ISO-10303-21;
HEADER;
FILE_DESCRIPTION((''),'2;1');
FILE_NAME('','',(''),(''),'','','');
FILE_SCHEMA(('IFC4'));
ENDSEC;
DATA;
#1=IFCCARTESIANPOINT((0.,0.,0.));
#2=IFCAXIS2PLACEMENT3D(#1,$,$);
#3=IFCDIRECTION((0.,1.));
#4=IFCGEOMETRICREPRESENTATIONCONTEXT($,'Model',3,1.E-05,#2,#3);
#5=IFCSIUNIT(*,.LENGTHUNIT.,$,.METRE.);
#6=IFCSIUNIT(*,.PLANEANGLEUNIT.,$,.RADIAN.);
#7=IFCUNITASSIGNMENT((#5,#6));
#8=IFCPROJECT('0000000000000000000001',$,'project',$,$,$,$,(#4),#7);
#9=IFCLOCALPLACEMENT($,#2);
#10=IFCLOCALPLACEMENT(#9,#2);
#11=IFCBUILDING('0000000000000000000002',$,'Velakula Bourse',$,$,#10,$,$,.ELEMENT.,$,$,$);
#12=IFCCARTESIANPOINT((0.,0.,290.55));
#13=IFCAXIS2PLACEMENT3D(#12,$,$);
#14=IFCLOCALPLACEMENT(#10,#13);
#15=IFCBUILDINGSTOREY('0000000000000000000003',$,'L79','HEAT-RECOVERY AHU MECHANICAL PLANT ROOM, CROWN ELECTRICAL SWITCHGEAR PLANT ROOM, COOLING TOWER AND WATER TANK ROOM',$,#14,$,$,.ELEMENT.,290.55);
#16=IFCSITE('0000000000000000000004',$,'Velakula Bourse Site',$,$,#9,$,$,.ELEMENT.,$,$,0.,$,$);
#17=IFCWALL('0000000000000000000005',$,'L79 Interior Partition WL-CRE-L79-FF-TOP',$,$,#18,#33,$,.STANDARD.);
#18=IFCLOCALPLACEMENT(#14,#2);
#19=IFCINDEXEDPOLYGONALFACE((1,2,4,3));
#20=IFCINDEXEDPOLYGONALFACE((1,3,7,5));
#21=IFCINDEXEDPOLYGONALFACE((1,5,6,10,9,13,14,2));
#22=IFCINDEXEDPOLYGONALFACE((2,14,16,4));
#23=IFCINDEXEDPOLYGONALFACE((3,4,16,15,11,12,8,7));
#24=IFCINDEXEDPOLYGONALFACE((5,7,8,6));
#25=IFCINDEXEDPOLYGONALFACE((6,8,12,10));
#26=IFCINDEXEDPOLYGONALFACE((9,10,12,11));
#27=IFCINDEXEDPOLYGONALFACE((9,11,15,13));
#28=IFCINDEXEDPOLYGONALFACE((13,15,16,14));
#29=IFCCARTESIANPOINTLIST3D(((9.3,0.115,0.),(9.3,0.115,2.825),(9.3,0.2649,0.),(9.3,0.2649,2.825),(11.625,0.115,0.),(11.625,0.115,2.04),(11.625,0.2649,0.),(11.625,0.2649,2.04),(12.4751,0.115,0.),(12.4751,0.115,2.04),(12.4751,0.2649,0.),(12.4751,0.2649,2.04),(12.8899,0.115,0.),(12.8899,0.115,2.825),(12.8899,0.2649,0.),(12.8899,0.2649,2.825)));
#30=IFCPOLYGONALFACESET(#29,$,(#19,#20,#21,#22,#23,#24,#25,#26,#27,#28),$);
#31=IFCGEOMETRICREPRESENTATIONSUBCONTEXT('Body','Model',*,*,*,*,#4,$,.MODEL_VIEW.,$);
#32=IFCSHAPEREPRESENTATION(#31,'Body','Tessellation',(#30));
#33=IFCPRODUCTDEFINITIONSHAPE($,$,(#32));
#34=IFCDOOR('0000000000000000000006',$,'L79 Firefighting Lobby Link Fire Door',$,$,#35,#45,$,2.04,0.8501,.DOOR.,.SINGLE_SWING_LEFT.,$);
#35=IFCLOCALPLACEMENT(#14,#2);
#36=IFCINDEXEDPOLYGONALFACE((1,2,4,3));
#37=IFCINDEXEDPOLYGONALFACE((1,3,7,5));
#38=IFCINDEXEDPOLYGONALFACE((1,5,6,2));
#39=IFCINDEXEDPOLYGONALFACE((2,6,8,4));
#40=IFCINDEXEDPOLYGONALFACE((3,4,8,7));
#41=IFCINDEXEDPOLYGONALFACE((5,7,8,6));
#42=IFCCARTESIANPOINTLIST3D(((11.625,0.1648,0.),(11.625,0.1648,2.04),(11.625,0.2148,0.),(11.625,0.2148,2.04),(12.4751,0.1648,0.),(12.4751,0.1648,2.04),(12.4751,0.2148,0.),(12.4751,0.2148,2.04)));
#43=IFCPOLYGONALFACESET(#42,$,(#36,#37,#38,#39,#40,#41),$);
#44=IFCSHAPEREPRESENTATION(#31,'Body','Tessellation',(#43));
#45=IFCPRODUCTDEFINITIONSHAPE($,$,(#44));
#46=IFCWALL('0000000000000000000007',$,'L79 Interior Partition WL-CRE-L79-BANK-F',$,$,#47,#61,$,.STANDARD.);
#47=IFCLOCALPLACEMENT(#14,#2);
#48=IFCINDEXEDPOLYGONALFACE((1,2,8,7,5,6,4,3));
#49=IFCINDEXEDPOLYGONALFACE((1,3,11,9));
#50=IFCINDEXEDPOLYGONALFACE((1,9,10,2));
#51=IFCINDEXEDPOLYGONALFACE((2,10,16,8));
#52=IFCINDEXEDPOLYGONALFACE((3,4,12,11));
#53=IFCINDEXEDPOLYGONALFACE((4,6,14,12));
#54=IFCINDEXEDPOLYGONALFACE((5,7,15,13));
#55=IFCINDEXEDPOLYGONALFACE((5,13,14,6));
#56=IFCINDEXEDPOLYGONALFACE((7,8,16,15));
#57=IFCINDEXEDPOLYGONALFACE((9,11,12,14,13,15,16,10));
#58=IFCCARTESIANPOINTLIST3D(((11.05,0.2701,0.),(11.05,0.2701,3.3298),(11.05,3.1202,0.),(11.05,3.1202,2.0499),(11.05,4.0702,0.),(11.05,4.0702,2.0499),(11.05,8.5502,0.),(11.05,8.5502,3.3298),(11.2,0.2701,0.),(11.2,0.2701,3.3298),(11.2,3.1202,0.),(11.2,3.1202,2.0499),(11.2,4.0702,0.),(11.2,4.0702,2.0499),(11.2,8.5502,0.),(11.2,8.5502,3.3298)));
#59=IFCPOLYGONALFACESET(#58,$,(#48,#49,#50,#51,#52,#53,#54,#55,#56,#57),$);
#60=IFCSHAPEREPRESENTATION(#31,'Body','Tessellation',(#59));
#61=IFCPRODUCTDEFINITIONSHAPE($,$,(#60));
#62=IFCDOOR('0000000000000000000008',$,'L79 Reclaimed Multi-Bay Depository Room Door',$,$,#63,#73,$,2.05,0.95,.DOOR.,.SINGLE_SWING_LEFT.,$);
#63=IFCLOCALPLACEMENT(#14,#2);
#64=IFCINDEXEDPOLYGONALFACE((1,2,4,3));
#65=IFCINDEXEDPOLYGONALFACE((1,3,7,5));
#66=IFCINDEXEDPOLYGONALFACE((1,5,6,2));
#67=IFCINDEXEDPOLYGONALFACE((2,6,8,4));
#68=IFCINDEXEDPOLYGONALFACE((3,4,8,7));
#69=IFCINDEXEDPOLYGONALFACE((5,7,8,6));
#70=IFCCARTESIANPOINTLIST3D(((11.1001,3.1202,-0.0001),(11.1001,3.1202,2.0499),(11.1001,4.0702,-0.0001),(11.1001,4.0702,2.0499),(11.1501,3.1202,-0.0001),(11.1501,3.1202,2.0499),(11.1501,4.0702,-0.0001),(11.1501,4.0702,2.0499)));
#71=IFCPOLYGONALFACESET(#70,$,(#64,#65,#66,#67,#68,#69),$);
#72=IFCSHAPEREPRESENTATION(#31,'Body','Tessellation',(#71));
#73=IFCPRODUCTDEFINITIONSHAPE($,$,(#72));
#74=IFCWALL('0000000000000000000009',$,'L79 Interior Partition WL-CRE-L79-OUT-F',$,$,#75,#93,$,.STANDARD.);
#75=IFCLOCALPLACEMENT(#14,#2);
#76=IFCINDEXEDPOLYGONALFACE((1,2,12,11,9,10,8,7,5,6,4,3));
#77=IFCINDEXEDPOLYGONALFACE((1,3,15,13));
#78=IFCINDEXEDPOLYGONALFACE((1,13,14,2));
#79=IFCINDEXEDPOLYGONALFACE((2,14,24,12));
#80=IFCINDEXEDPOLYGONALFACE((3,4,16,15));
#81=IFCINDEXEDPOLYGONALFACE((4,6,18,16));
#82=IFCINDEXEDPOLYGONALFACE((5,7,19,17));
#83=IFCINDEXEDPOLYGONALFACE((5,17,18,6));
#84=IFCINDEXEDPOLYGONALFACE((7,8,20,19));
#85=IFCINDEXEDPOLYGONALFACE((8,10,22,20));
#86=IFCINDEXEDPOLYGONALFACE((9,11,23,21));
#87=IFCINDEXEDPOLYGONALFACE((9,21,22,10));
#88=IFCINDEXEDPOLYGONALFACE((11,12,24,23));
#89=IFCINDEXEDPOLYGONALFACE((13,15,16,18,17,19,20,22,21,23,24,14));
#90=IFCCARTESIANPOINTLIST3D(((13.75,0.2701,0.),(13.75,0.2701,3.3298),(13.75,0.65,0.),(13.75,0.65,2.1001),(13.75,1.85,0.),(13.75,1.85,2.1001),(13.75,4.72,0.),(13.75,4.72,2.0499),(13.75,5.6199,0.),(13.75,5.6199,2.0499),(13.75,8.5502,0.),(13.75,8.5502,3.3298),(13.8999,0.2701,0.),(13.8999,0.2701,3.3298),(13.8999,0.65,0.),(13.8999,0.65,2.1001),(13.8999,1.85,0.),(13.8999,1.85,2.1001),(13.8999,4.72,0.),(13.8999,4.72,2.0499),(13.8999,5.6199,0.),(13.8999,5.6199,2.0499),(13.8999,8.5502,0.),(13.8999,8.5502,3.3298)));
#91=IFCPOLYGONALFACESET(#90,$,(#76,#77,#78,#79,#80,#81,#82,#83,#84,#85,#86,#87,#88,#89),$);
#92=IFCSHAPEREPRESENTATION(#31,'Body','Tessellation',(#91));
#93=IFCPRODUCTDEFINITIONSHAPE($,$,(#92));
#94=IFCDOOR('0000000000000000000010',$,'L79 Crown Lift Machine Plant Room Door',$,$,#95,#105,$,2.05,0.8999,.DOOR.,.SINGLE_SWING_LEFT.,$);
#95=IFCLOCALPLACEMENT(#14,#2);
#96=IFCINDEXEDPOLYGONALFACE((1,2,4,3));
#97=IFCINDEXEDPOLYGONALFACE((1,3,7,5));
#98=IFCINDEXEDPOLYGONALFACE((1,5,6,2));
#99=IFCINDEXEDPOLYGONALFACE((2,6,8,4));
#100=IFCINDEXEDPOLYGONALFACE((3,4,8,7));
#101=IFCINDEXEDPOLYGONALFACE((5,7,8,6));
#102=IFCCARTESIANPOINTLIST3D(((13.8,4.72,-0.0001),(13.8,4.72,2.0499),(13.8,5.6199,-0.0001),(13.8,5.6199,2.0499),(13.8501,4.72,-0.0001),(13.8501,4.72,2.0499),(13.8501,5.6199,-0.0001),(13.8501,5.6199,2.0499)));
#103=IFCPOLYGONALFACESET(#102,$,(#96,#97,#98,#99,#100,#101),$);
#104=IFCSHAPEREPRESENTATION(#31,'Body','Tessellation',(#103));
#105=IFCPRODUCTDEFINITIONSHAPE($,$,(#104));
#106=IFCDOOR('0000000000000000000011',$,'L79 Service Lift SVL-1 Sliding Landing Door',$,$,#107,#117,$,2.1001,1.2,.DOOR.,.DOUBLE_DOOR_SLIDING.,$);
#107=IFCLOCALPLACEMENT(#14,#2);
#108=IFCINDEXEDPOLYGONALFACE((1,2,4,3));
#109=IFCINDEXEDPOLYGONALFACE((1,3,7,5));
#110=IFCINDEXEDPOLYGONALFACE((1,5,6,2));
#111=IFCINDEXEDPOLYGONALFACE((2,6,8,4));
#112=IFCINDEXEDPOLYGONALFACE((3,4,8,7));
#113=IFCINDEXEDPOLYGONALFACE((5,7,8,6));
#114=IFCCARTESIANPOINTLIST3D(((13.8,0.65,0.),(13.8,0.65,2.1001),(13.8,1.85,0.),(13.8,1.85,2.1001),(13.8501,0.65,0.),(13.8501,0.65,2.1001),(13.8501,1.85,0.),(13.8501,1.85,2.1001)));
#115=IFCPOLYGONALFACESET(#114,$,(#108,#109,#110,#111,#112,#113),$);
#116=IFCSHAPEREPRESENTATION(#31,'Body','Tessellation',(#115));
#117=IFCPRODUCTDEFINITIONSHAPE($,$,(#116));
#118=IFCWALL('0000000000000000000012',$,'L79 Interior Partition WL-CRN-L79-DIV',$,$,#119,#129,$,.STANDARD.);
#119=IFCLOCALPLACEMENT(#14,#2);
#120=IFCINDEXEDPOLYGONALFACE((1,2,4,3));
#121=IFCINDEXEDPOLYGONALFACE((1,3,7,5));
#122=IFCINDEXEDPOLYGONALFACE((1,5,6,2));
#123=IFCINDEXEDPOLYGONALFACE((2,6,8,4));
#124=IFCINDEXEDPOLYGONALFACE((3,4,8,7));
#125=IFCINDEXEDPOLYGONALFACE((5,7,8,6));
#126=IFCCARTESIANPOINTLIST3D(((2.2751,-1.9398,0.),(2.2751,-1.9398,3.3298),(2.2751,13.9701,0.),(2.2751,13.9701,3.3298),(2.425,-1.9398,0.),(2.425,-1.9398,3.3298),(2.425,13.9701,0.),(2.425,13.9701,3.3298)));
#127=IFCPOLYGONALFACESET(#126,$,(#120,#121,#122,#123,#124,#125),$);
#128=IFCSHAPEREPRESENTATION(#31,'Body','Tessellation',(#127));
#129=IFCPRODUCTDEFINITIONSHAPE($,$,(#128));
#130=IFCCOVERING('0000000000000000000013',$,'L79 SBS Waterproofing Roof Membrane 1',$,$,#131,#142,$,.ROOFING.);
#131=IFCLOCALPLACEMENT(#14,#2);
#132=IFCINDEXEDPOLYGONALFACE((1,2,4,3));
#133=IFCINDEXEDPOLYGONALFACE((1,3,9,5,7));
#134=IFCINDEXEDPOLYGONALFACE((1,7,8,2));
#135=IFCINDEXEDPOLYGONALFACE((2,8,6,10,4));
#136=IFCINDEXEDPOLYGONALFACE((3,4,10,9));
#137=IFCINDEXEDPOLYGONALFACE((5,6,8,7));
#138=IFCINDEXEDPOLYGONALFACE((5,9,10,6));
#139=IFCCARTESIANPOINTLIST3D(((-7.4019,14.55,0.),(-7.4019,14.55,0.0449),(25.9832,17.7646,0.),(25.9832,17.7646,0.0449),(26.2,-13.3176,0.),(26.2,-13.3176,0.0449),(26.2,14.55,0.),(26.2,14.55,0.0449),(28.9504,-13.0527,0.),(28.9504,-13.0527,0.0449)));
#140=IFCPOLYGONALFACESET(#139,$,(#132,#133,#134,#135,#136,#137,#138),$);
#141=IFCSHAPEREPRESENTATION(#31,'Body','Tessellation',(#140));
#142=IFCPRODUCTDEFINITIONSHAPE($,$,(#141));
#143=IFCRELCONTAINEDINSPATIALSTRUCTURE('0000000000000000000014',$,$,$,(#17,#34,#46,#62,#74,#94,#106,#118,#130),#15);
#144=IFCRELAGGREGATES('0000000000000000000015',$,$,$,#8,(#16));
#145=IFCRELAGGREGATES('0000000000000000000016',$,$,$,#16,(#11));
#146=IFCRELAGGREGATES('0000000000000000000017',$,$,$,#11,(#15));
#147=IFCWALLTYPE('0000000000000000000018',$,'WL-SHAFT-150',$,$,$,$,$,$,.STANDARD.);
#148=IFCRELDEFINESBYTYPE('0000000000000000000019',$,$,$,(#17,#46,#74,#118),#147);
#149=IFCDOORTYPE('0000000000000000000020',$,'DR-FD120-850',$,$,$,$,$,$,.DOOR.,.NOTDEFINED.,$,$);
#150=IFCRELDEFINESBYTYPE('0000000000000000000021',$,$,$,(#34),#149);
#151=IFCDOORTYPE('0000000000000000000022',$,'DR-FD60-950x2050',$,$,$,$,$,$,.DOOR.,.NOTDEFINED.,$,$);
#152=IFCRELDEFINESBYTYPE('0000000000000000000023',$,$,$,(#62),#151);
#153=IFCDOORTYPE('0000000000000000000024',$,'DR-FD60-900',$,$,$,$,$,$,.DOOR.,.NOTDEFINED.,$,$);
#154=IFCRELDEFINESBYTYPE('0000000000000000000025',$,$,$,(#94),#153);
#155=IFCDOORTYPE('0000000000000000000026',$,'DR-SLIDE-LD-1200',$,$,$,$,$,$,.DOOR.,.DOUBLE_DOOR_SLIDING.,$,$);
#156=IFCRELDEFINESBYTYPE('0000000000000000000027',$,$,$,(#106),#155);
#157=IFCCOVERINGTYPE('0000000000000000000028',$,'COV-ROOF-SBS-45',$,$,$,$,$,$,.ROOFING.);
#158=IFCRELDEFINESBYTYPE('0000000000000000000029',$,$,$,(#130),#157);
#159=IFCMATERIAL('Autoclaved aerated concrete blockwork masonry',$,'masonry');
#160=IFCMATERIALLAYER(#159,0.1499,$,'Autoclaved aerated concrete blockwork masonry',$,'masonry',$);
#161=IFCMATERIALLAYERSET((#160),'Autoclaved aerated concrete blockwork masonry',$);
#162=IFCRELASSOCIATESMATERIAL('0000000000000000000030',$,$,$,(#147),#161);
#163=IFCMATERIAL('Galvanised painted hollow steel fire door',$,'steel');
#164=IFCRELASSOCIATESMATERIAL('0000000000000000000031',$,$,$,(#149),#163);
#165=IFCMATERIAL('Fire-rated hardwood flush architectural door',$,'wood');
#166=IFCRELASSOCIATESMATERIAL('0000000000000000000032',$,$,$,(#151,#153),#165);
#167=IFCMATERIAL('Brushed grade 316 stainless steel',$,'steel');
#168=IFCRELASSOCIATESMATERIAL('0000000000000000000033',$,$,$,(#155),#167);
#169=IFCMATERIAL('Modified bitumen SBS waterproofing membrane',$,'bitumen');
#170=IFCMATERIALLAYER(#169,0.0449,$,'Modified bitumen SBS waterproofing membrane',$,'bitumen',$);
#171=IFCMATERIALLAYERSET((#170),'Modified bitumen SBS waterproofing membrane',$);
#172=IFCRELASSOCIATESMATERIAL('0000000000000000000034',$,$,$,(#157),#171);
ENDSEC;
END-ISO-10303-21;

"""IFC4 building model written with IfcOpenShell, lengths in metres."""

from ifc_helpers import new_model, si_unit, direction, frame, frame_2d, origin, place, context, subcontext, project, spatial, polyline, rectangle, outline, extrude, material, layer, layer_set, type_object, element, fill, save


model = new_model("IFC4")

# Units and contexts
model_context = context("Model", 3, precision=1e-05, world=origin(), true_north=direction((0.0, 1.0)))
body_context = subcontext(model_context, "Body", "Model", "MODEL_VIEW")
ifc_project = project(units=[si_unit("LENGTHUNIT", "METRE"), si_unit("PLANEANGLEUNIT", "RADIAN")], contexts=[model_context])

# Site, building, storey
site_placement = place(None, origin())
site = spatial("IfcSite", under=ifc_project, at=site_placement, Name="Velakula Bourse Site", CompositionType="ELEMENT", RefElevation=0.0)
building_placement = place(site_placement, origin())
building = spatial("IfcBuilding", under=site, at=building_placement, Name="Velakula Bourse", CompositionType="ELEMENT")
storey_placement = place(building_placement, frame((0.0, 0.0, 290.55)))
storey = spatial("IfcBuildingStorey", under=building, at=storey_placement, Name="L79", Description="HEAT-RECOVERY AHU MECHANICAL PLANT ROOM, CROWN ELECTRICAL SWITCHGEAR PLANT ROOM, COOLING TOWER AND WATER TANK ROOM", CompositionType="ELEMENT", Elevation=290.55)

# Walls, openings, doors
ifc_material_1 = material(Name="Autoclaved aerated concrete blockwork masonry", Category="masonry")
ifc_layer_1 = layer(ifc_material_1, 0.1499, Name="Autoclaved aerated concrete blockwork masonry", Category="masonry")
ifc_layer_set_1 = layer_set([ifc_layer_1], Name="Autoclaved aerated concrete blockwork masonry")
wall_type_1 = type_object("IfcWallType", Name="WL-SHAFT-150", PredefinedType="STANDARD", material=ifc_layer_set_1)
wall_1_placement = place(storey_placement, frame((9.3, 0.1899, 0.0), z_axis=(0.0, 0.0, 1.0), x_axis=(1.0, 0.0, 0.0)))
wall_1 = element("IfcWall", 1, at=wall_1_placement, inside=storey, type_object=wall_type_1, Name="L79 Interior Partition WL-CRE-L79-FF-TOP", PredefinedType="STANDARD", context=body_context, shape_type="SweptSolid", body=[
    extrude(rectangle(XDim=3.5898, YDim=0.1499, at=frame_2d((1.7949, 0.0))), origin(), (0.0, 0.0, 1.0), 2.825),
])
opening_1_placement = place(wall_1_placement, frame((2.325, 0.0, 0.0)))
opening_1 = element("IfcOpeningElement", 2, at=opening_1_placement, cuts=wall_1, PredefinedType="OPENING", context=body_context, shape_type="SweptSolid", body=[
    extrude(rectangle(XDim=0.8501, YDim=2.04, at=frame_2d((0.425, 1.02))), frame((0.0, 0.085, 0.0), z_axis=(0.0, -1.0, 0.0), x_axis=(1.0, 0.0, 0.0)), (0.0, 0.0, 1.0), 0.1699),
])
ifc_material_2 = material(Name="Galvanised painted hollow steel fire door", Category="steel")
door_type_1 = type_object("IfcDoorType", Name="DR-FD120-850", OperationType="NOTDEFINED", PredefinedType="DOOR", material=ifc_material_2)
door_1_placement = place(opening_1_placement, origin())
door_1 = element("IfcDoor", 3, at=door_1_placement, inside=storey, type_object=door_type_1, Name="L79 Firefighting Lobby Link Fire Door", OperationType="SINGLE_SWING_LEFT", OverallHeight=2.04, OverallWidth=0.8501, PredefinedType="DOOR", context=body_context, shape_type="SweptSolid", body=[
    extrude(rectangle(XDim=0.8501, YDim=2.04, at=frame_2d((0.425, 1.02))), frame((0.0, 0.0249, 0.0), z_axis=(0.0, -1.0, 0.0), x_axis=(1.0, 0.0, 0.0)), (0.0, 0.0, 1.0), 0.05),
])
fill(opening_1, door_1)
wall_2_placement = place(storey_placement, frame((11.125, 0.27, 0.0), z_axis=(0.0, 0.0, 1.0), x_axis=(0.0, 1.0, 0.0)))
wall_2 = element("IfcWall", 4, at=wall_2_placement, inside=storey, type_object=wall_type_1, Name="L79 Interior Partition WL-CRE-L79-BANK-F", PredefinedType="STANDARD", context=body_context, shape_type="SweptSolid", body=[
    extrude(rectangle(XDim=8.28, YDim=0.1499, at=frame_2d((4.1401, 0.0))), origin(), (0.0, 0.0, 1.0), 3.3298),
])
opening_2_placement = place(wall_2_placement, frame((2.8501, 0.0, 0.0)))
opening_2 = element("IfcOpeningElement", 5, at=opening_2_placement, cuts=wall_2, PredefinedType="OPENING", context=body_context, shape_type="SweptSolid", body=[
    extrude(rectangle(XDim=0.95, YDim=2.05, at=frame_2d((0.4751, 1.0249))), frame((0.0, 0.085, 0.0), z_axis=(0.0, -1.0, 0.0), x_axis=(1.0, 0.0, 0.0)), (0.0, 0.0, 1.0), 0.1699),
])
ifc_material_3 = material(Name="Fire-rated hardwood flush architectural door", Category="wood")
door_type_2 = type_object("IfcDoorType", Name="DR-FD60-950x2050", OperationType="NOTDEFINED", PredefinedType="DOOR", material=ifc_material_3)
door_2_placement = place(opening_2_placement, origin())
door_2 = element("IfcDoor", 6, at=door_2_placement, inside=storey, type_object=door_type_2, Name="L79 Reclaimed Multi-Bay Depository Room Door", OperationType="SINGLE_SWING_LEFT", OverallHeight=2.05, OverallWidth=0.95, PredefinedType="DOOR", context=body_context, shape_type="SweptSolid", body=[
    extrude(rectangle(XDim=0.95, YDim=2.05, at=frame_2d((0.4751, 1.0249))), frame((0.0, 0.0249, 0.0), z_axis=(0.0, -1.0, 0.0), x_axis=(1.0, 0.0, 0.0)), (0.0, 0.0, 1.0), 0.05),
])
fill(opening_2, door_2)

# Wall, openings, doors
wall_3_placement = place(storey_placement, frame((13.825, 0.27, 0.0), z_axis=(0.0, 0.0, 1.0), x_axis=(0.0, 1.0, 0.0)))
wall_3 = element("IfcWall", 7, at=wall_3_placement, inside=storey, type_object=wall_type_1, Name="L79 Interior Partition WL-CRE-L79-OUT-F", PredefinedType="STANDARD", context=body_context, shape_type="SweptSolid", body=[
    extrude(rectangle(XDim=8.28, YDim=0.1499, at=frame_2d((4.1401, 0.0))), origin(), (0.0, 0.0, 1.0), 3.3298),
])
opening_3_placement = place(wall_3_placement, frame((4.45, 0.0, 0.0)))
opening_3 = element("IfcOpeningElement", 8, at=opening_3_placement, cuts=wall_3, PredefinedType="OPENING", context=body_context, shape_type="SweptSolid", body=[
    extrude(rectangle(XDim=0.8999, YDim=2.05, at=frame_2d((0.45, 1.0249))), frame((0.0, 0.085, 0.0), z_axis=(0.0, -1.0, 0.0), x_axis=(1.0, 0.0, 0.0)), (0.0, 0.0, 1.0), 0.1699),
])
opening_4_placement = place(wall_3_placement, frame((0.3799, 0.0, 0.0)))
opening_4 = element("IfcOpeningElement", 9, at=opening_4_placement, cuts=wall_3, PredefinedType="OPENING", context=body_context, shape_type="SweptSolid", body=[
    extrude(rectangle(XDim=1.2, YDim=2.1001, at=frame_2d((0.6001, 1.05))), frame((0.0, 0.085, 0.0), z_axis=(0.0, -1.0, 0.0), x_axis=(1.0, 0.0, 0.0)), (0.0, 0.0, 1.0), 0.1699),
])
door_type_3 = type_object("IfcDoorType", Name="DR-FD60-900", OperationType="NOTDEFINED", PredefinedType="DOOR", material=ifc_material_3)
door_3_placement = place(opening_3_placement, origin())
door_3 = element("IfcDoor", 10, at=door_3_placement, inside=storey, type_object=door_type_3, Name="L79 Crown Lift Machine Plant Room Door", OperationType="SINGLE_SWING_LEFT", OverallHeight=2.05, OverallWidth=0.8999, PredefinedType="DOOR", context=body_context, shape_type="SweptSolid", body=[
    extrude(rectangle(XDim=0.8999, YDim=2.05, at=frame_2d((0.45, 1.0249))), frame((0.0, 0.0249, 0.0), z_axis=(0.0, -1.0, 0.0), x_axis=(1.0, 0.0, 0.0)), (0.0, 0.0, 1.0), 0.05),
])
fill(opening_3, door_3)
ifc_material_4 = material(Name="Brushed grade 316 stainless steel", Category="steel")
door_type_4 = type_object("IfcDoorType", Name="DR-SLIDE-LD-1200", OperationType="DOUBLE_DOOR_SLIDING", PredefinedType="DOOR", material=ifc_material_4)
door_4_placement = place(opening_4_placement, origin())
door_4 = element("IfcDoor", 11, at=door_4_placement, inside=storey, type_object=door_type_4, Name="L79 Service Lift SVL-1 Sliding Landing Door", OperationType="DOUBLE_DOOR_SLIDING", OverallHeight=2.1001, OverallWidth=1.2, PredefinedType="DOOR", context=body_context, shape_type="SweptSolid", body=[
    extrude(rectangle(XDim=1.2, YDim=2.1001, at=frame_2d((0.6001, 1.05))), frame((0.0, 0.0249, 0.0), z_axis=(0.0, -1.0, 0.0), x_axis=(1.0, 0.0, 0.0)), (0.0, 0.0, 1.0), 0.05),
])
fill(opening_4, door_4)

# Wall
wall_4_placement = place(storey_placement, frame((2.3501, -1.9399, 0.0), z_axis=(0.0, 0.0, 1.0), x_axis=(0.0, 1.0, 0.0)))
element("IfcWall", 12, at=wall_4_placement, inside=storey, type_object=wall_type_1, Name="L79 Interior Partition WL-CRN-L79-DIV", PredefinedType="STANDARD", context=body_context, shape_type="SweptSolid", body=[
    extrude(rectangle(XDim=15.9099, YDim=0.1499, at=frame_2d((7.9551, 0.0))), origin(), (0.0, 0.0, 1.0), 3.3298),
])

# Covering
ifc_material_5 = material(Name="Modified bitumen SBS waterproofing membrane", Category="bitumen")
ifc_layer_2 = layer(ifc_material_5, 0.0449, Name="Modified bitumen SBS waterproofing membrane", Category="bitumen")
ifc_layer_set_2 = layer_set([ifc_layer_2], Name="Modified bitumen SBS waterproofing membrane")
covering_type = type_object("IfcCoveringType", Name="COV-ROOF-SBS-45", PredefinedType="ROOFING", material=ifc_layer_set_2)
covering_placement = place(storey_placement, origin())
element("IfcCovering", 13, at=covering_placement, inside=storey, type_object=covering_type, Name="L79 SBS Waterproofing Roof Membrane 1", PredefinedType="ROOFING", context=body_context, shape_type="SweptSolid", body=[
    extrude(outline(polyline([(25.9832, 17.7646), (28.9504, -13.0527), (26.2, -13.3176), (26.2, 14.55), (-7.4019, 14.55), (25.9832, 17.7646)])), origin(), (0.0, 0.0, 1.0), 0.0449),
])

save(model, "model.ifc")
